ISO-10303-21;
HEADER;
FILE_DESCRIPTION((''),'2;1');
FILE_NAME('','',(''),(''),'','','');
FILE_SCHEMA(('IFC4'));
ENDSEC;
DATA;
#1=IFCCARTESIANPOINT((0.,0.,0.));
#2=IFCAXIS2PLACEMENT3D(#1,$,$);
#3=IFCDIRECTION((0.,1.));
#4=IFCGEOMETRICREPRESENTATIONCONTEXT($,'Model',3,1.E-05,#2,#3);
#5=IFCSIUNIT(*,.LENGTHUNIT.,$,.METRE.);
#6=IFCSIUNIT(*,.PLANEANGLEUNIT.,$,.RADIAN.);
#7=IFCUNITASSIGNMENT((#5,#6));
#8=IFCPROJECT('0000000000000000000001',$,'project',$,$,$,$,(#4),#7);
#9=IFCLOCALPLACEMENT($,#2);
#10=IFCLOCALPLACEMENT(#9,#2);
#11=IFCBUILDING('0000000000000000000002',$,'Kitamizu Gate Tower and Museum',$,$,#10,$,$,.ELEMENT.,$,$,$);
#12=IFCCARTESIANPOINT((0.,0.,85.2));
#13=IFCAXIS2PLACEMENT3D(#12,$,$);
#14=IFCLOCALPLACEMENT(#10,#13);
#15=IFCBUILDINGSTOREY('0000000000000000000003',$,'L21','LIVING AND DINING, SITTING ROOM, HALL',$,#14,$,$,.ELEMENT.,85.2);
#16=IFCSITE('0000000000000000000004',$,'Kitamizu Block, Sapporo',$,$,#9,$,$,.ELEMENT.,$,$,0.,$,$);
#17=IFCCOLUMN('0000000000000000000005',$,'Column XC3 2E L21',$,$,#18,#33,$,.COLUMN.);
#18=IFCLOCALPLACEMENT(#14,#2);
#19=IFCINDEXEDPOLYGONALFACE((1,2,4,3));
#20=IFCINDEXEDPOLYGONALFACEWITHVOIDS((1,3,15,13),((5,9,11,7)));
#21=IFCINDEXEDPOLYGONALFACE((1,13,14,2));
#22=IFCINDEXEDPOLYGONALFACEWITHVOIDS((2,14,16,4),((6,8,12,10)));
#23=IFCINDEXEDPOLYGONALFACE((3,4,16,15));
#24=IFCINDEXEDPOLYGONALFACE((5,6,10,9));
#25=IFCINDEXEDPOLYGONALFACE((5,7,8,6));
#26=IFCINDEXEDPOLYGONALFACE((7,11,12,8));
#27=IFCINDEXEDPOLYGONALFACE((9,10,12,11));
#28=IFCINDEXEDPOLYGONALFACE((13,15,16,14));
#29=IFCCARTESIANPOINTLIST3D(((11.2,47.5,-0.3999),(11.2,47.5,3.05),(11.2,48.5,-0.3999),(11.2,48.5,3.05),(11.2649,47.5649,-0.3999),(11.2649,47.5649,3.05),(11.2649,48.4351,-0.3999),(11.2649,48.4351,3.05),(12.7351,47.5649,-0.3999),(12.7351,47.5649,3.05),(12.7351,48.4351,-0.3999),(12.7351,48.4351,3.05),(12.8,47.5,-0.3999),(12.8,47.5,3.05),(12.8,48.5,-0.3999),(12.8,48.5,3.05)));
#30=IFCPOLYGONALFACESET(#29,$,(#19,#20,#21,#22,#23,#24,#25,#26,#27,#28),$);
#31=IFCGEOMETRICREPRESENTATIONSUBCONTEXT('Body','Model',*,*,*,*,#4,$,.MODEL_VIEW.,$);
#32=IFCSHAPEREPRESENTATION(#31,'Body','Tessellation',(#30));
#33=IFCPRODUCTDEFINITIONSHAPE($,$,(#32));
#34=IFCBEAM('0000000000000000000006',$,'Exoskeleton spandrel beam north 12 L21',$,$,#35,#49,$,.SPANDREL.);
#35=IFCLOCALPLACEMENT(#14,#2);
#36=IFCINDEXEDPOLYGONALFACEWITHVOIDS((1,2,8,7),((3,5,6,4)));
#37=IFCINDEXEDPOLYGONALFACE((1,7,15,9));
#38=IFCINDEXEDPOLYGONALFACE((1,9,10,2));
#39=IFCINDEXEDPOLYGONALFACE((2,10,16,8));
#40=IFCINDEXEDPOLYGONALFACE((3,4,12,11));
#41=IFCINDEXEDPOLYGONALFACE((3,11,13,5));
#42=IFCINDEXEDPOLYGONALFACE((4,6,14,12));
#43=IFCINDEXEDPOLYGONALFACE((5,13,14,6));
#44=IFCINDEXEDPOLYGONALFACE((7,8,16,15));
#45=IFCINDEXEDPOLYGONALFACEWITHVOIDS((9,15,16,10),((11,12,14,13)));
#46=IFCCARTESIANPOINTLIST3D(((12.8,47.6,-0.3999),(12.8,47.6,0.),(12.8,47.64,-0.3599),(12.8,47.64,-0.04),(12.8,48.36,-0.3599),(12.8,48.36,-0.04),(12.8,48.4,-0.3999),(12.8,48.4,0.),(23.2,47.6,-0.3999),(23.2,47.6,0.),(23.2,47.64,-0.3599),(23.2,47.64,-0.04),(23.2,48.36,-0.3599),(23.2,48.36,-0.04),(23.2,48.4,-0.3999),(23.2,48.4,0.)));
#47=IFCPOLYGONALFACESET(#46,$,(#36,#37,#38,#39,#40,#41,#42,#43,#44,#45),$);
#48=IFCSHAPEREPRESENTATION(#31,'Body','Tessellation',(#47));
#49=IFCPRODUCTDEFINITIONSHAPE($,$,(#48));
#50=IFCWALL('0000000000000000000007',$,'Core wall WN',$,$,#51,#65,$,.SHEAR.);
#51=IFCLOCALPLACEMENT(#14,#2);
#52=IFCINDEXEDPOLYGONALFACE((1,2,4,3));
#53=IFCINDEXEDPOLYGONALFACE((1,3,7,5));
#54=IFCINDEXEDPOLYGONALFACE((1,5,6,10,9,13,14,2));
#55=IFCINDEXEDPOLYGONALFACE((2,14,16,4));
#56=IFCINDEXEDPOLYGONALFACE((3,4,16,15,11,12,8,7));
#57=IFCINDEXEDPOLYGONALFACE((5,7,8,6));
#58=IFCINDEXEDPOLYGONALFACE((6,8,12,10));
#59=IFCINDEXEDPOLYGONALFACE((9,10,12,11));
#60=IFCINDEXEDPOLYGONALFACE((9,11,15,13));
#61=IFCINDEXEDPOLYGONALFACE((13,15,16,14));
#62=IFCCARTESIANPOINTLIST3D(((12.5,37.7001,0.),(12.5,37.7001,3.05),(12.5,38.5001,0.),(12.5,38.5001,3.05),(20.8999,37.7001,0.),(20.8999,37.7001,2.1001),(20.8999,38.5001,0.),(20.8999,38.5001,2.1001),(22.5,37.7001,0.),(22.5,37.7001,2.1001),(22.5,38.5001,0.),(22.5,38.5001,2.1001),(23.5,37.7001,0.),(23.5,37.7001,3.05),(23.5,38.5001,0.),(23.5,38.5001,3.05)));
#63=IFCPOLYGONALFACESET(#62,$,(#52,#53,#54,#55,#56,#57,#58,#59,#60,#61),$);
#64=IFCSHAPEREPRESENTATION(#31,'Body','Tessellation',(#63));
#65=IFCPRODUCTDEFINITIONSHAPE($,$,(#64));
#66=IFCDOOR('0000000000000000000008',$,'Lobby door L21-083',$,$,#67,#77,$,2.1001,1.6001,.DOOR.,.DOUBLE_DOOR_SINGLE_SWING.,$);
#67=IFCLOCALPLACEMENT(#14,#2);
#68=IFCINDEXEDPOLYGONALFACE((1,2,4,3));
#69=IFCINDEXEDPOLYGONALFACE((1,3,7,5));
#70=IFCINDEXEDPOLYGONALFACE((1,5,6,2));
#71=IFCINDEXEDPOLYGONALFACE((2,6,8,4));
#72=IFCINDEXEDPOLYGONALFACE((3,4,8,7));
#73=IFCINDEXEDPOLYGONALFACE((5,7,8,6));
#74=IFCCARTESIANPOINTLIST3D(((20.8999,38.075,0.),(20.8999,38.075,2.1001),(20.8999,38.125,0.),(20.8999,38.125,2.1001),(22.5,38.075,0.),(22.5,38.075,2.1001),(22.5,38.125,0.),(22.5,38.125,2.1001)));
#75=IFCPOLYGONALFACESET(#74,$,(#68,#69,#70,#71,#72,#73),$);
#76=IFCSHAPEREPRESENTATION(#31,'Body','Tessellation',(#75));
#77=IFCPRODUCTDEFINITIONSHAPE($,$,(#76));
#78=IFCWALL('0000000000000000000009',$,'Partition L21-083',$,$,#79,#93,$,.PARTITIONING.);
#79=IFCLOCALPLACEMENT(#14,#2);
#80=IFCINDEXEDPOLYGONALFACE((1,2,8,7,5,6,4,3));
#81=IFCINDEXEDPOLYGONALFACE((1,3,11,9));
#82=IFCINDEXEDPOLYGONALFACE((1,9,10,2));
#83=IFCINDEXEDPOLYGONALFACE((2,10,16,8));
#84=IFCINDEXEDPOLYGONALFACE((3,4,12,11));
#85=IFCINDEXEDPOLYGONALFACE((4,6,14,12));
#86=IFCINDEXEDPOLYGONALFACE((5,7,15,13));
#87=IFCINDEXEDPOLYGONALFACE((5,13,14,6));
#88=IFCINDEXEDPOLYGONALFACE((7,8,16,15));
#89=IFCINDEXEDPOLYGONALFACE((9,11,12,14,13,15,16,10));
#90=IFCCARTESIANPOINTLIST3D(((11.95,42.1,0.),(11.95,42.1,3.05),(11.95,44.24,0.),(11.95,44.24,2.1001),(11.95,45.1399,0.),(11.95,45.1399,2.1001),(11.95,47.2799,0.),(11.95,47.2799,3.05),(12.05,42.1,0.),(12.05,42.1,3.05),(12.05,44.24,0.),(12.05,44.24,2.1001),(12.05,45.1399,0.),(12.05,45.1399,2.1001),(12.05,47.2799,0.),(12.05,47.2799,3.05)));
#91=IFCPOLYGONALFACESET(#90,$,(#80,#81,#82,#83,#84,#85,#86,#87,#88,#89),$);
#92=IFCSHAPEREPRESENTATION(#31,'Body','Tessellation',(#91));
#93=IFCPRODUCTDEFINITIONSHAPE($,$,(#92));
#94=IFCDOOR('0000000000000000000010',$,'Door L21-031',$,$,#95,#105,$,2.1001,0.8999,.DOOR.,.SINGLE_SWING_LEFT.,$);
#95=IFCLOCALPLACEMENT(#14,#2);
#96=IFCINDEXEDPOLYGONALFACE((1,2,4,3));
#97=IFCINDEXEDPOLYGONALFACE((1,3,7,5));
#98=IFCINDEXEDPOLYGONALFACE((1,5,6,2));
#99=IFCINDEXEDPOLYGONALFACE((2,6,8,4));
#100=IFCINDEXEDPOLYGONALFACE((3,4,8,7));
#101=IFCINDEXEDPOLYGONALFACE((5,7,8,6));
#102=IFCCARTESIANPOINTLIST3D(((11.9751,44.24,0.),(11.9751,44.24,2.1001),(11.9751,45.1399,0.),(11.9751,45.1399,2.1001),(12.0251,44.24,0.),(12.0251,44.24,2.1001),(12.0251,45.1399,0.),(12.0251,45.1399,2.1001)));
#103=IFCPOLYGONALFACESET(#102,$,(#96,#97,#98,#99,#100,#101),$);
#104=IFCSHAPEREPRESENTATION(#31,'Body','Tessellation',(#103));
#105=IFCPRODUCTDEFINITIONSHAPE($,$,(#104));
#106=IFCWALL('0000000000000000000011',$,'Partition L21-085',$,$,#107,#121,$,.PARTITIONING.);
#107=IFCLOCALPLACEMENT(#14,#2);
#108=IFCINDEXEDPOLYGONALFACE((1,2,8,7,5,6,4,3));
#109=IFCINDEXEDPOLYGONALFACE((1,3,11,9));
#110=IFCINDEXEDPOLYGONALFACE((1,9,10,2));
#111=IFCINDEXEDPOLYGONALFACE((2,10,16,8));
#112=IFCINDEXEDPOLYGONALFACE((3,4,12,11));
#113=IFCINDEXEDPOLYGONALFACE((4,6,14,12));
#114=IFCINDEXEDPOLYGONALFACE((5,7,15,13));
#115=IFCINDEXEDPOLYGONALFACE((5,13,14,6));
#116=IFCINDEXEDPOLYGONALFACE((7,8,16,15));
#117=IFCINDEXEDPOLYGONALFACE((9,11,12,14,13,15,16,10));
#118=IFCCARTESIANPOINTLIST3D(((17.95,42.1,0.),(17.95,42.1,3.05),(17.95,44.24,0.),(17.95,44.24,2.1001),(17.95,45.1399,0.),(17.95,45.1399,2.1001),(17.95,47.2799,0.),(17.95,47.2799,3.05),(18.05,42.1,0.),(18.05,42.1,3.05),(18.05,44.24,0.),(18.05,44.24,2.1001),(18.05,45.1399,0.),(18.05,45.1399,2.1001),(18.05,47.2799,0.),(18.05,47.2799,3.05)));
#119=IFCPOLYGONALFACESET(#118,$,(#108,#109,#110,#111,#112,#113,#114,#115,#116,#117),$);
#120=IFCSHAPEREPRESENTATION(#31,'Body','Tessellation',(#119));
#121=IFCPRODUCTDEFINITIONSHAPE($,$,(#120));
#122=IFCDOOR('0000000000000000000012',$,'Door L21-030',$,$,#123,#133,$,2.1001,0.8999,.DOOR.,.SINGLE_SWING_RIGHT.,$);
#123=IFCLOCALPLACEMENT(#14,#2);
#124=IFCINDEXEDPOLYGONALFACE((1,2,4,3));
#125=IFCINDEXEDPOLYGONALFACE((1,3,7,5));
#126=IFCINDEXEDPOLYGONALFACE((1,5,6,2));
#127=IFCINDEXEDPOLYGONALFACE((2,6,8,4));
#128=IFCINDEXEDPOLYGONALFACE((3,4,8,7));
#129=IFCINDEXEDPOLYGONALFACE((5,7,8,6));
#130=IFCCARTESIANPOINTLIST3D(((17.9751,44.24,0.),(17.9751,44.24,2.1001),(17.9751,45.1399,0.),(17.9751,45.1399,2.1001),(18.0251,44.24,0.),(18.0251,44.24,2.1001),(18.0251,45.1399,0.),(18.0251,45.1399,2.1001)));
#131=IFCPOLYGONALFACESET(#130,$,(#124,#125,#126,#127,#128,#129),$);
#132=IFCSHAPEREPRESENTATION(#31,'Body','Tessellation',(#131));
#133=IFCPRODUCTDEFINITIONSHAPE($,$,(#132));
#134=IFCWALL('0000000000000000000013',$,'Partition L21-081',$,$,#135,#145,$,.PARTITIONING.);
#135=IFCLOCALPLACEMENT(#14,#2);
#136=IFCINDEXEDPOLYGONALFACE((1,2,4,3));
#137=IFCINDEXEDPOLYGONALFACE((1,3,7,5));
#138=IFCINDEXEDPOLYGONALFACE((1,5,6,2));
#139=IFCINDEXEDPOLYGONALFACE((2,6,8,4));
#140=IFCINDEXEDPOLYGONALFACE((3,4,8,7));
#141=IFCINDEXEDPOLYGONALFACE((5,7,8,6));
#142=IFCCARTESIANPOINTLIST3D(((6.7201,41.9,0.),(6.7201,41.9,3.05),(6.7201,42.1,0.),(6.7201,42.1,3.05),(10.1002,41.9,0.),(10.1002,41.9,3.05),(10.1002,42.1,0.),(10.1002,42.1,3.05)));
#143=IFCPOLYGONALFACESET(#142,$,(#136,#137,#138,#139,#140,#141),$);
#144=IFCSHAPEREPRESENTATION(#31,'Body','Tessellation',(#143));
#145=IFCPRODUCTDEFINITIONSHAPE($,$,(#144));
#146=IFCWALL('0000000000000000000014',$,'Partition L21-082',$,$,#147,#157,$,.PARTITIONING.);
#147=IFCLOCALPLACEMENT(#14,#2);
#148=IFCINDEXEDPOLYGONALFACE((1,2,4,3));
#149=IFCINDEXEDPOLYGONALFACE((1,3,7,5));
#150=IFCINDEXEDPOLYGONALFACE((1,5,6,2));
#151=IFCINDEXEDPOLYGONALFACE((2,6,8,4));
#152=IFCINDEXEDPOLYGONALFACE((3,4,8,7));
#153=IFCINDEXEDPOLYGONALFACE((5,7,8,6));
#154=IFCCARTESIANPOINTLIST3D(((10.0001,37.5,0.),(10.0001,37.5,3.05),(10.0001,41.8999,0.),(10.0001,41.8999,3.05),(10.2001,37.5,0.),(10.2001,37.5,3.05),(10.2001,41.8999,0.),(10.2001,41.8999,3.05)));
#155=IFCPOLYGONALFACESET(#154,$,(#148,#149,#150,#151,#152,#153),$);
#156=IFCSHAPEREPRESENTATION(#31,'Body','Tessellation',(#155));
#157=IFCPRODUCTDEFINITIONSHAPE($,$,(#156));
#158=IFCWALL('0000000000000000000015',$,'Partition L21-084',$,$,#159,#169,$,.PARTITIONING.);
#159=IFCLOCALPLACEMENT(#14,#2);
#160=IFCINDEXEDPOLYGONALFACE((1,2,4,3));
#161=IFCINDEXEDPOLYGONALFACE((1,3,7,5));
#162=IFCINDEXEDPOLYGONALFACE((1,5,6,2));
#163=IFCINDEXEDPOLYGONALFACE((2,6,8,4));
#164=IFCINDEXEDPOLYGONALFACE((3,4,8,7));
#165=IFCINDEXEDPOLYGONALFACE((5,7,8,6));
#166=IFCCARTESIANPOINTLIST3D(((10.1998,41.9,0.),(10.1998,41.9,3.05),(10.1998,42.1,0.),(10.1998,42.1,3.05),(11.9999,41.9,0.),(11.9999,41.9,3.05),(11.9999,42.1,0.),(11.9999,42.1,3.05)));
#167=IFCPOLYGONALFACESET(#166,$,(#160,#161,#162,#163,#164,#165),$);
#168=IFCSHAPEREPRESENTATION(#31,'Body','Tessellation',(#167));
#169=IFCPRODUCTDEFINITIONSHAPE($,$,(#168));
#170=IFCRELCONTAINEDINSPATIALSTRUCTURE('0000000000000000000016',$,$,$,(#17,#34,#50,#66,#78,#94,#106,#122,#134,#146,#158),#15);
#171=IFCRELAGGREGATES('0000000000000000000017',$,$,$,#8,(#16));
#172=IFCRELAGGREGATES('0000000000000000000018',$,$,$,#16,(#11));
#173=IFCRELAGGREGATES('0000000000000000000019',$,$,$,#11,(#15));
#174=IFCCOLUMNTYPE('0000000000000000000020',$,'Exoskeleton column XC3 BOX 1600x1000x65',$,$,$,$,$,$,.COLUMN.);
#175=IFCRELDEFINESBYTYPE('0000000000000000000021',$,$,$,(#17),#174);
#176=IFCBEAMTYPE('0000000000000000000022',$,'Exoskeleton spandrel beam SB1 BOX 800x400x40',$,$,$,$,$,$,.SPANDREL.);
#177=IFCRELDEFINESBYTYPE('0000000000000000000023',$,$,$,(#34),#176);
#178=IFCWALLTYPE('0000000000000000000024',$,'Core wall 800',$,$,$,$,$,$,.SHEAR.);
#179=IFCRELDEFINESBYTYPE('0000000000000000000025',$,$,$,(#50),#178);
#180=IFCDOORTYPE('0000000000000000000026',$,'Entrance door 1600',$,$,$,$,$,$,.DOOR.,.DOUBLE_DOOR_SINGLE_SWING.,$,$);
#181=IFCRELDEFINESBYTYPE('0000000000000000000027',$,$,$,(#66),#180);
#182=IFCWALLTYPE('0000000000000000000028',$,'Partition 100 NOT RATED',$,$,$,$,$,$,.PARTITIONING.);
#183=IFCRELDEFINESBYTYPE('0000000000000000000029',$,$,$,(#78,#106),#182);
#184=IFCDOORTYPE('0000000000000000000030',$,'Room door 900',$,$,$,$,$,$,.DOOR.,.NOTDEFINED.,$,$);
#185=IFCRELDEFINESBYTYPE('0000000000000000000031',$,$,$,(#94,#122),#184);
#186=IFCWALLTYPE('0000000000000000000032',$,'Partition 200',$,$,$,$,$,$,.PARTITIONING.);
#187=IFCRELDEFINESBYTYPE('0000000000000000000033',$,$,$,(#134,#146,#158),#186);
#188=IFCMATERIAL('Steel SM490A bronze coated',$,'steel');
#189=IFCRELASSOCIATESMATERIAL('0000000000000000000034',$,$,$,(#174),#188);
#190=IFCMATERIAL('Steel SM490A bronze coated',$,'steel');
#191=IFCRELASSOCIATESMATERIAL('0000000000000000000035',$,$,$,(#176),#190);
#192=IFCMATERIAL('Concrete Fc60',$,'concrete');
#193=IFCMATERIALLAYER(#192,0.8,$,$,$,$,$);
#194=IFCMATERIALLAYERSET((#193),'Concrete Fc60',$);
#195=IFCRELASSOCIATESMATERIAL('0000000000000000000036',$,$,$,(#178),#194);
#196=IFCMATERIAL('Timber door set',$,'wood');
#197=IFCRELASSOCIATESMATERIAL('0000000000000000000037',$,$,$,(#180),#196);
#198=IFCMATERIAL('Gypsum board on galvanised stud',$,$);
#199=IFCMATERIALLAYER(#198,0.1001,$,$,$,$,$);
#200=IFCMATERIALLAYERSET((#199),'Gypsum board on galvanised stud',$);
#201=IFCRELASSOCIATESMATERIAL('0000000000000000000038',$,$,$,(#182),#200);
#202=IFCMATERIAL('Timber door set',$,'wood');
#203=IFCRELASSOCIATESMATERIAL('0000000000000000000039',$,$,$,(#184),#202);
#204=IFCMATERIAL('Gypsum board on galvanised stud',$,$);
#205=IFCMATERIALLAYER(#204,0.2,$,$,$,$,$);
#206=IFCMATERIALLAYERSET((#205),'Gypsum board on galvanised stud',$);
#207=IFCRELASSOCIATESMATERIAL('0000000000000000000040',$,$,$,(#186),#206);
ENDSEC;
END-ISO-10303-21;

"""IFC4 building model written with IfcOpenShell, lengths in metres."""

from ifc_helpers import new_model, si_unit, direction, frame, frame_2d, origin, origin_2d, place, context, subcontext, project, spatial, rectangle, hollow_rectangle, extrude, material, layer, layer_set, material_profile, profile_set, type_object, element, fill, save


model = new_model("IFC4")

# Units and contexts
model_context = context("Model", 3, precision=1e-05, world=origin(), true_north=direction((0.0, 1.0)))
body_context = subcontext(model_context, "Body", "Model", "MODEL_VIEW")
ifc_project = project(units=[si_unit("LENGTHUNIT", "METRE"), si_unit("PLANEANGLEUNIT", "RADIAN")], contexts=[model_context])

# Site, building, storey
site_placement = place(None, origin())
site = spatial("IfcSite", under=ifc_project, at=site_placement, Name="Kitamizu Block, Sapporo", CompositionType="ELEMENT", RefElevation=0.0)
building_placement = place(site_placement, origin())
building = spatial("IfcBuilding", under=site, at=building_placement, Name="Kitamizu Gate Tower and Museum", CompositionType="ELEMENT")
storey_placement = place(building_placement, frame((0.0, 0.0, 85.2)))
storey = spatial("IfcBuildingStorey", under=building, at=storey_placement, Name="L21", Description="LIVING AND DINING, SITTING ROOM, HALL", CompositionType="ELEMENT", Elevation=85.2)

# Column
ifc_material_1 = material(Name="Steel SM490A bronze coated", Category="steel")
ifc_material_profile_1 = material_profile(ifc_material_1, hollow_rectangle(XDim=1.6001, YDim=1.0, WallThickness=0.0649, at=origin_2d()), Name="BOX 1600x1000x65")
ifc_profile_set_1 = profile_set([ifc_material_profile_1], Name="Steel SM490A bronze coated")
column_type = type_object("IfcColumnType", Name="Exoskeleton column XC3 BOX 1600x1000x65", PredefinedType="COLUMN", material=ifc_profile_set_1)
column_placement = place(storey_placement, frame((12.0, 48.0, -0.3999), z_axis=(0.0, 0.0, 1.0), x_axis=(1.0, 0.0, 0.0)))
element("IfcColumn", 1, at=column_placement, inside=storey, type_object=column_type, Name="Column XC3 2E L21", PredefinedType="COLUMN", context=body_context, shape_type="SweptSolid", body=[
    extrude(hollow_rectangle(XDim=1.6001, YDim=1.0, WallThickness=0.0649, at=origin_2d()), origin(), (0.0, 0.0, 1.0), 3.45),
])

# Beam
ifc_material_2 = material(Name="Steel SM490A bronze coated", Category="steel")
ifc_material_profile_2 = material_profile(ifc_material_2, hollow_rectangle(XDim=0.8, YDim=0.3999, WallThickness=0.04, at=origin_2d()), Name="BOX 800x400x40")
ifc_profile_set_2 = profile_set([ifc_material_profile_2], Name="Steel SM490A bronze coated")
beam_type = type_object("IfcBeamType", Name="Exoskeleton spandrel beam SB1 BOX 800x400x40", PredefinedType="SPANDREL", material=ifc_profile_set_2)
beam_placement = place(storey_placement, frame((12.8, 48.0, -0.2), z_axis=(1.0, 0.0, 0.0), x_axis=(0.0, 1.0, 0.0)))
element("IfcBeam", 2, at=beam_placement, inside=storey, type_object=beam_type, Name="Exoskeleton spandrel beam north 12 L21", PredefinedType="SPANDREL", context=body_context, shape_type="SweptSolid", body=[
    extrude(hollow_rectangle(XDim=0.8, YDim=0.3999, WallThickness=0.04, at=origin_2d()), origin(), (0.0, 0.0, 1.0), 10.3999),
])

# Walls, openings, doors
ifc_material_3 = material(Name="Concrete Fc60", Category="concrete")
ifc_layer_1 = layer(ifc_material_3, 0.8)
ifc_layer_set_1 = layer_set([ifc_layer_1], Name="Concrete Fc60")
wall_type_1 = type_object("IfcWallType", Name="Core wall 800", PredefinedType="SHEAR", material=ifc_layer_set_1)
wall_1_placement = place(storey_placement, frame((12.5, 38.1001, 0.0), z_axis=(0.0, 0.0, 1.0), x_axis=(1.0, 0.0, 0.0)))
wall_1 = element("IfcWall", 3, at=wall_1_placement, inside=storey, type_object=wall_type_1, Name="Core wall WN", PredefinedType="SHEAR", context=body_context, shape_type="SweptSolid", body=[
    extrude(rectangle(XDim=11.0, YDim=0.8, at=frame_2d((5.5, 0.0))), origin(), (0.0, 0.0, 1.0), 3.05),
])
opening_1_placement = place(wall_1_placement, frame((8.3999, 0.0, 0.0)))
opening_1 = element("IfcOpeningElement", 4, at=opening_1_placement, cuts=wall_1, PredefinedType="OPENING", context=body_context, shape_type="SweptSolid", body=[
    extrude(rectangle(XDim=1.6001, YDim=2.1001, at=frame_2d((0.8, 1.05))), frame((0.0, 0.4102, 0.0), z_axis=(0.0, -1.0, 0.0), x_axis=(1.0, 0.0, 0.0)), (0.0, 0.0, 1.0), 0.8201),
])
ifc_material_4 = material(Name="Timber door set", Category="wood")
door_type_1 = type_object("IfcDoorType", Name="Entrance door 1600", OperationType="DOUBLE_DOOR_SINGLE_SWING", PredefinedType="DOOR", material=ifc_material_4)
door_1_placement = place(opening_1_placement, origin())
door_1 = element("IfcDoor", 5, at=door_1_placement, inside=storey, type_object=door_type_1, Name="Lobby door L21-083", OperationType="DOUBLE_DOOR_SINGLE_SWING", OverallHeight=2.1001, OverallWidth=1.6001, PredefinedType="DOOR", context=body_context, shape_type="SweptSolid", body=[
    extrude(rectangle(XDim=1.6001, YDim=2.1001, at=frame_2d((0.8, 1.05))), frame((0.0, 0.0249, 0.0), z_axis=(0.0, -1.0, 0.0), x_axis=(1.0, 0.0, 0.0)), (0.0, 0.0, 1.0), 0.05),
])
fill(opening_1, door_1)
ifc_material_5 = material(Name="Gypsum board on galvanised stud")
ifc_layer_2 = layer(ifc_material_5, 0.1001)
ifc_layer_set_2 = layer_set([ifc_layer_2], Name="Gypsum board on galvanised stud")
wall_type_2 = type_object("IfcWallType", Name="Partition 100 NOT RATED", PredefinedType="PARTITIONING", material=ifc_layer_set_2)
wall_2_placement = place(storey_placement, frame((12.0, 42.1001, 0.0), z_axis=(0.0, 0.0, 1.0), x_axis=(0.0, 1.0, 0.0)))
wall_2 = element("IfcWall", 6, at=wall_2_placement, inside=storey, type_object=wall_type_2, Name="Partition L21-083", PredefinedType="PARTITIONING", context=body_context, shape_type="SweptSolid", body=[
    extrude(rectangle(XDim=5.1799, YDim=0.1001, at=frame_2d((2.5898, 0.0))), origin(), (0.0, 0.0, 1.0), 3.05),
])
opening_2_placement = place(wall_2_placement, frame((2.1399, 0.0, 0.0)))
opening_2 = element("IfcOpeningElement", 7, at=opening_2_placement, cuts=wall_2, PredefinedType="OPENING", context=body_context, shape_type="SweptSolid", body=[
    extrude(rectangle(XDim=0.8999, YDim=2.1001, at=frame_2d((0.45, 1.05))), frame((0.0, 0.0601, 0.0), z_axis=(0.0, -1.0, 0.0), x_axis=(1.0, 0.0, 0.0)), (0.0, 0.0, 1.0), 0.1201),
])
ifc_material_6 = material(Name="Timber door set", Category="wood")
door_type_2 = type_object("IfcDoorType", Name="Room door 900", OperationType="NOTDEFINED", PredefinedType="DOOR", material=ifc_material_6)
door_2_placement = place(opening_2_placement, origin())
door_2 = element("IfcDoor", 8, at=door_2_placement, inside=storey, type_object=door_type_2, Name="Door L21-031", OperationType="SINGLE_SWING_LEFT", OverallHeight=2.1001, OverallWidth=0.8999, PredefinedType="DOOR", context=body_context, shape_type="SweptSolid", body=[
    extrude(rectangle(XDim=0.8999, YDim=2.1001, at=frame_2d((0.45, 1.05))), frame((0.0, 0.0249, 0.0), z_axis=(0.0, -1.0, 0.0), x_axis=(1.0, 0.0, 0.0)), (0.0, 0.0, 1.0), 0.05),
])
fill(opening_2, door_2)
wall_3_placement = place(storey_placement, frame((18.0, 42.1001, 0.0), z_axis=(0.0, 0.0, 1.0), x_axis=(0.0, 1.0, 0.0)))
wall_3 = element("IfcWall", 9, at=wall_3_placement, inside=storey, type_object=wall_type_2, Name="Partition L21-085", PredefinedType="PARTITIONING", context=body_context, shape_type="SweptSolid", body=[
    extrude(rectangle(XDim=5.1799, YDim=0.1001, at=frame_2d((2.5898, 0.0))), origin(), (0.0, 0.0, 1.0), 3.05),
])
opening_3_placement = place(wall_3_placement, frame((2.1399, 0.0, 0.0)))
opening_3 = element("IfcOpeningElement", 10, at=opening_3_placement, cuts=wall_3, PredefinedType="OPENING", context=body_context, shape_type="SweptSolid", body=[
    extrude(rectangle(XDim=0.8999, YDim=2.1001, at=frame_2d((0.45, 1.05))), frame((0.0, 0.0601, 0.0), z_axis=(0.0, -1.0, 0.0), x_axis=(1.0, 0.0, 0.0)), (0.0, 0.0, 1.0), 0.1201),
])
door_3_placement = place(opening_3_placement, origin())
door_3 = element("IfcDoor", 11, at=door_3_placement, inside=storey, type_object=door_type_2, Name="Door L21-030", OperationType="SINGLE_SWING_RIGHT", OverallHeight=2.1001, OverallWidth=0.8999, PredefinedType="DOOR", context=body_context, shape_type="SweptSolid", body=[
    extrude(rectangle(XDim=0.8999, YDim=2.1001, at=frame_2d((0.45, 1.05))), frame((0.0, 0.0249, 0.0), z_axis=(0.0, -1.0, 0.0), x_axis=(1.0, 0.0, 0.0)), (0.0, 0.0, 1.0), 0.05),
])
fill(opening_3, door_3)

# Walls
ifc_material_7 = material(Name="Gypsum board on galvanised stud")
ifc_layer_3 = layer(ifc_material_7, 0.2)
ifc_layer_set_3 = layer_set([ifc_layer_3], Name="Gypsum board on galvanised stud")
wall_type_3 = type_object("IfcWallType", Name="Partition 200", PredefinedType="PARTITIONING", material=ifc_layer_set_3)
wall_4_placement = place(storey_placement, frame((10.1001, 42.0, 0.0), z_axis=(0.0, 0.0, 1.0), x_axis=(-1.0, 0.0, 0.0)))
element("IfcWall", 12, at=wall_4_placement, inside=storey, type_object=wall_type_3, Name="Partition L21-081", PredefinedType="PARTITIONING", context=body_context, shape_type="SweptSolid", body=[
    extrude(rectangle(XDim=3.3801, YDim=0.2, at=frame_2d((1.6899, 0.0))), origin(), (0.0, 0.0, 1.0), 3.05),
])
wall_5_placement = place(storey_placement, frame((10.1001, 37.5, 0.0), z_axis=(0.0, 0.0, 1.0), x_axis=(0.0, 1.0, 0.0)))
element("IfcWall", 13, at=wall_5_placement, inside=storey, type_object=wall_type_3, Name="Partition L21-082", PredefinedType="PARTITIONING", context=body_context, shape_type="SweptSolid", body=[
    extrude(rectangle(XDim=4.3999, YDim=0.2, at=frame_2d((2.2, 0.0))), origin(), (0.0, 0.0, 1.0), 3.05),
])
wall_6_placement = place(storey_placement, frame((10.2, 42.0, 0.0), z_axis=(0.0, 0.0, 1.0), x_axis=(1.0, 0.0, 0.0)))
element("IfcWall", 14, at=wall_6_placement, inside=storey, type_object=wall_type_3, Name="Partition L21-084", PredefinedType="PARTITIONING", context=body_context, shape_type="SweptSolid", body=[
    extrude(rectangle(XDim=1.8, YDim=0.2, at=frame_2d((0.8999, 0.0))), origin(), (0.0, 0.0, 1.0), 3.05),
])

save(model, "model.ifc")
